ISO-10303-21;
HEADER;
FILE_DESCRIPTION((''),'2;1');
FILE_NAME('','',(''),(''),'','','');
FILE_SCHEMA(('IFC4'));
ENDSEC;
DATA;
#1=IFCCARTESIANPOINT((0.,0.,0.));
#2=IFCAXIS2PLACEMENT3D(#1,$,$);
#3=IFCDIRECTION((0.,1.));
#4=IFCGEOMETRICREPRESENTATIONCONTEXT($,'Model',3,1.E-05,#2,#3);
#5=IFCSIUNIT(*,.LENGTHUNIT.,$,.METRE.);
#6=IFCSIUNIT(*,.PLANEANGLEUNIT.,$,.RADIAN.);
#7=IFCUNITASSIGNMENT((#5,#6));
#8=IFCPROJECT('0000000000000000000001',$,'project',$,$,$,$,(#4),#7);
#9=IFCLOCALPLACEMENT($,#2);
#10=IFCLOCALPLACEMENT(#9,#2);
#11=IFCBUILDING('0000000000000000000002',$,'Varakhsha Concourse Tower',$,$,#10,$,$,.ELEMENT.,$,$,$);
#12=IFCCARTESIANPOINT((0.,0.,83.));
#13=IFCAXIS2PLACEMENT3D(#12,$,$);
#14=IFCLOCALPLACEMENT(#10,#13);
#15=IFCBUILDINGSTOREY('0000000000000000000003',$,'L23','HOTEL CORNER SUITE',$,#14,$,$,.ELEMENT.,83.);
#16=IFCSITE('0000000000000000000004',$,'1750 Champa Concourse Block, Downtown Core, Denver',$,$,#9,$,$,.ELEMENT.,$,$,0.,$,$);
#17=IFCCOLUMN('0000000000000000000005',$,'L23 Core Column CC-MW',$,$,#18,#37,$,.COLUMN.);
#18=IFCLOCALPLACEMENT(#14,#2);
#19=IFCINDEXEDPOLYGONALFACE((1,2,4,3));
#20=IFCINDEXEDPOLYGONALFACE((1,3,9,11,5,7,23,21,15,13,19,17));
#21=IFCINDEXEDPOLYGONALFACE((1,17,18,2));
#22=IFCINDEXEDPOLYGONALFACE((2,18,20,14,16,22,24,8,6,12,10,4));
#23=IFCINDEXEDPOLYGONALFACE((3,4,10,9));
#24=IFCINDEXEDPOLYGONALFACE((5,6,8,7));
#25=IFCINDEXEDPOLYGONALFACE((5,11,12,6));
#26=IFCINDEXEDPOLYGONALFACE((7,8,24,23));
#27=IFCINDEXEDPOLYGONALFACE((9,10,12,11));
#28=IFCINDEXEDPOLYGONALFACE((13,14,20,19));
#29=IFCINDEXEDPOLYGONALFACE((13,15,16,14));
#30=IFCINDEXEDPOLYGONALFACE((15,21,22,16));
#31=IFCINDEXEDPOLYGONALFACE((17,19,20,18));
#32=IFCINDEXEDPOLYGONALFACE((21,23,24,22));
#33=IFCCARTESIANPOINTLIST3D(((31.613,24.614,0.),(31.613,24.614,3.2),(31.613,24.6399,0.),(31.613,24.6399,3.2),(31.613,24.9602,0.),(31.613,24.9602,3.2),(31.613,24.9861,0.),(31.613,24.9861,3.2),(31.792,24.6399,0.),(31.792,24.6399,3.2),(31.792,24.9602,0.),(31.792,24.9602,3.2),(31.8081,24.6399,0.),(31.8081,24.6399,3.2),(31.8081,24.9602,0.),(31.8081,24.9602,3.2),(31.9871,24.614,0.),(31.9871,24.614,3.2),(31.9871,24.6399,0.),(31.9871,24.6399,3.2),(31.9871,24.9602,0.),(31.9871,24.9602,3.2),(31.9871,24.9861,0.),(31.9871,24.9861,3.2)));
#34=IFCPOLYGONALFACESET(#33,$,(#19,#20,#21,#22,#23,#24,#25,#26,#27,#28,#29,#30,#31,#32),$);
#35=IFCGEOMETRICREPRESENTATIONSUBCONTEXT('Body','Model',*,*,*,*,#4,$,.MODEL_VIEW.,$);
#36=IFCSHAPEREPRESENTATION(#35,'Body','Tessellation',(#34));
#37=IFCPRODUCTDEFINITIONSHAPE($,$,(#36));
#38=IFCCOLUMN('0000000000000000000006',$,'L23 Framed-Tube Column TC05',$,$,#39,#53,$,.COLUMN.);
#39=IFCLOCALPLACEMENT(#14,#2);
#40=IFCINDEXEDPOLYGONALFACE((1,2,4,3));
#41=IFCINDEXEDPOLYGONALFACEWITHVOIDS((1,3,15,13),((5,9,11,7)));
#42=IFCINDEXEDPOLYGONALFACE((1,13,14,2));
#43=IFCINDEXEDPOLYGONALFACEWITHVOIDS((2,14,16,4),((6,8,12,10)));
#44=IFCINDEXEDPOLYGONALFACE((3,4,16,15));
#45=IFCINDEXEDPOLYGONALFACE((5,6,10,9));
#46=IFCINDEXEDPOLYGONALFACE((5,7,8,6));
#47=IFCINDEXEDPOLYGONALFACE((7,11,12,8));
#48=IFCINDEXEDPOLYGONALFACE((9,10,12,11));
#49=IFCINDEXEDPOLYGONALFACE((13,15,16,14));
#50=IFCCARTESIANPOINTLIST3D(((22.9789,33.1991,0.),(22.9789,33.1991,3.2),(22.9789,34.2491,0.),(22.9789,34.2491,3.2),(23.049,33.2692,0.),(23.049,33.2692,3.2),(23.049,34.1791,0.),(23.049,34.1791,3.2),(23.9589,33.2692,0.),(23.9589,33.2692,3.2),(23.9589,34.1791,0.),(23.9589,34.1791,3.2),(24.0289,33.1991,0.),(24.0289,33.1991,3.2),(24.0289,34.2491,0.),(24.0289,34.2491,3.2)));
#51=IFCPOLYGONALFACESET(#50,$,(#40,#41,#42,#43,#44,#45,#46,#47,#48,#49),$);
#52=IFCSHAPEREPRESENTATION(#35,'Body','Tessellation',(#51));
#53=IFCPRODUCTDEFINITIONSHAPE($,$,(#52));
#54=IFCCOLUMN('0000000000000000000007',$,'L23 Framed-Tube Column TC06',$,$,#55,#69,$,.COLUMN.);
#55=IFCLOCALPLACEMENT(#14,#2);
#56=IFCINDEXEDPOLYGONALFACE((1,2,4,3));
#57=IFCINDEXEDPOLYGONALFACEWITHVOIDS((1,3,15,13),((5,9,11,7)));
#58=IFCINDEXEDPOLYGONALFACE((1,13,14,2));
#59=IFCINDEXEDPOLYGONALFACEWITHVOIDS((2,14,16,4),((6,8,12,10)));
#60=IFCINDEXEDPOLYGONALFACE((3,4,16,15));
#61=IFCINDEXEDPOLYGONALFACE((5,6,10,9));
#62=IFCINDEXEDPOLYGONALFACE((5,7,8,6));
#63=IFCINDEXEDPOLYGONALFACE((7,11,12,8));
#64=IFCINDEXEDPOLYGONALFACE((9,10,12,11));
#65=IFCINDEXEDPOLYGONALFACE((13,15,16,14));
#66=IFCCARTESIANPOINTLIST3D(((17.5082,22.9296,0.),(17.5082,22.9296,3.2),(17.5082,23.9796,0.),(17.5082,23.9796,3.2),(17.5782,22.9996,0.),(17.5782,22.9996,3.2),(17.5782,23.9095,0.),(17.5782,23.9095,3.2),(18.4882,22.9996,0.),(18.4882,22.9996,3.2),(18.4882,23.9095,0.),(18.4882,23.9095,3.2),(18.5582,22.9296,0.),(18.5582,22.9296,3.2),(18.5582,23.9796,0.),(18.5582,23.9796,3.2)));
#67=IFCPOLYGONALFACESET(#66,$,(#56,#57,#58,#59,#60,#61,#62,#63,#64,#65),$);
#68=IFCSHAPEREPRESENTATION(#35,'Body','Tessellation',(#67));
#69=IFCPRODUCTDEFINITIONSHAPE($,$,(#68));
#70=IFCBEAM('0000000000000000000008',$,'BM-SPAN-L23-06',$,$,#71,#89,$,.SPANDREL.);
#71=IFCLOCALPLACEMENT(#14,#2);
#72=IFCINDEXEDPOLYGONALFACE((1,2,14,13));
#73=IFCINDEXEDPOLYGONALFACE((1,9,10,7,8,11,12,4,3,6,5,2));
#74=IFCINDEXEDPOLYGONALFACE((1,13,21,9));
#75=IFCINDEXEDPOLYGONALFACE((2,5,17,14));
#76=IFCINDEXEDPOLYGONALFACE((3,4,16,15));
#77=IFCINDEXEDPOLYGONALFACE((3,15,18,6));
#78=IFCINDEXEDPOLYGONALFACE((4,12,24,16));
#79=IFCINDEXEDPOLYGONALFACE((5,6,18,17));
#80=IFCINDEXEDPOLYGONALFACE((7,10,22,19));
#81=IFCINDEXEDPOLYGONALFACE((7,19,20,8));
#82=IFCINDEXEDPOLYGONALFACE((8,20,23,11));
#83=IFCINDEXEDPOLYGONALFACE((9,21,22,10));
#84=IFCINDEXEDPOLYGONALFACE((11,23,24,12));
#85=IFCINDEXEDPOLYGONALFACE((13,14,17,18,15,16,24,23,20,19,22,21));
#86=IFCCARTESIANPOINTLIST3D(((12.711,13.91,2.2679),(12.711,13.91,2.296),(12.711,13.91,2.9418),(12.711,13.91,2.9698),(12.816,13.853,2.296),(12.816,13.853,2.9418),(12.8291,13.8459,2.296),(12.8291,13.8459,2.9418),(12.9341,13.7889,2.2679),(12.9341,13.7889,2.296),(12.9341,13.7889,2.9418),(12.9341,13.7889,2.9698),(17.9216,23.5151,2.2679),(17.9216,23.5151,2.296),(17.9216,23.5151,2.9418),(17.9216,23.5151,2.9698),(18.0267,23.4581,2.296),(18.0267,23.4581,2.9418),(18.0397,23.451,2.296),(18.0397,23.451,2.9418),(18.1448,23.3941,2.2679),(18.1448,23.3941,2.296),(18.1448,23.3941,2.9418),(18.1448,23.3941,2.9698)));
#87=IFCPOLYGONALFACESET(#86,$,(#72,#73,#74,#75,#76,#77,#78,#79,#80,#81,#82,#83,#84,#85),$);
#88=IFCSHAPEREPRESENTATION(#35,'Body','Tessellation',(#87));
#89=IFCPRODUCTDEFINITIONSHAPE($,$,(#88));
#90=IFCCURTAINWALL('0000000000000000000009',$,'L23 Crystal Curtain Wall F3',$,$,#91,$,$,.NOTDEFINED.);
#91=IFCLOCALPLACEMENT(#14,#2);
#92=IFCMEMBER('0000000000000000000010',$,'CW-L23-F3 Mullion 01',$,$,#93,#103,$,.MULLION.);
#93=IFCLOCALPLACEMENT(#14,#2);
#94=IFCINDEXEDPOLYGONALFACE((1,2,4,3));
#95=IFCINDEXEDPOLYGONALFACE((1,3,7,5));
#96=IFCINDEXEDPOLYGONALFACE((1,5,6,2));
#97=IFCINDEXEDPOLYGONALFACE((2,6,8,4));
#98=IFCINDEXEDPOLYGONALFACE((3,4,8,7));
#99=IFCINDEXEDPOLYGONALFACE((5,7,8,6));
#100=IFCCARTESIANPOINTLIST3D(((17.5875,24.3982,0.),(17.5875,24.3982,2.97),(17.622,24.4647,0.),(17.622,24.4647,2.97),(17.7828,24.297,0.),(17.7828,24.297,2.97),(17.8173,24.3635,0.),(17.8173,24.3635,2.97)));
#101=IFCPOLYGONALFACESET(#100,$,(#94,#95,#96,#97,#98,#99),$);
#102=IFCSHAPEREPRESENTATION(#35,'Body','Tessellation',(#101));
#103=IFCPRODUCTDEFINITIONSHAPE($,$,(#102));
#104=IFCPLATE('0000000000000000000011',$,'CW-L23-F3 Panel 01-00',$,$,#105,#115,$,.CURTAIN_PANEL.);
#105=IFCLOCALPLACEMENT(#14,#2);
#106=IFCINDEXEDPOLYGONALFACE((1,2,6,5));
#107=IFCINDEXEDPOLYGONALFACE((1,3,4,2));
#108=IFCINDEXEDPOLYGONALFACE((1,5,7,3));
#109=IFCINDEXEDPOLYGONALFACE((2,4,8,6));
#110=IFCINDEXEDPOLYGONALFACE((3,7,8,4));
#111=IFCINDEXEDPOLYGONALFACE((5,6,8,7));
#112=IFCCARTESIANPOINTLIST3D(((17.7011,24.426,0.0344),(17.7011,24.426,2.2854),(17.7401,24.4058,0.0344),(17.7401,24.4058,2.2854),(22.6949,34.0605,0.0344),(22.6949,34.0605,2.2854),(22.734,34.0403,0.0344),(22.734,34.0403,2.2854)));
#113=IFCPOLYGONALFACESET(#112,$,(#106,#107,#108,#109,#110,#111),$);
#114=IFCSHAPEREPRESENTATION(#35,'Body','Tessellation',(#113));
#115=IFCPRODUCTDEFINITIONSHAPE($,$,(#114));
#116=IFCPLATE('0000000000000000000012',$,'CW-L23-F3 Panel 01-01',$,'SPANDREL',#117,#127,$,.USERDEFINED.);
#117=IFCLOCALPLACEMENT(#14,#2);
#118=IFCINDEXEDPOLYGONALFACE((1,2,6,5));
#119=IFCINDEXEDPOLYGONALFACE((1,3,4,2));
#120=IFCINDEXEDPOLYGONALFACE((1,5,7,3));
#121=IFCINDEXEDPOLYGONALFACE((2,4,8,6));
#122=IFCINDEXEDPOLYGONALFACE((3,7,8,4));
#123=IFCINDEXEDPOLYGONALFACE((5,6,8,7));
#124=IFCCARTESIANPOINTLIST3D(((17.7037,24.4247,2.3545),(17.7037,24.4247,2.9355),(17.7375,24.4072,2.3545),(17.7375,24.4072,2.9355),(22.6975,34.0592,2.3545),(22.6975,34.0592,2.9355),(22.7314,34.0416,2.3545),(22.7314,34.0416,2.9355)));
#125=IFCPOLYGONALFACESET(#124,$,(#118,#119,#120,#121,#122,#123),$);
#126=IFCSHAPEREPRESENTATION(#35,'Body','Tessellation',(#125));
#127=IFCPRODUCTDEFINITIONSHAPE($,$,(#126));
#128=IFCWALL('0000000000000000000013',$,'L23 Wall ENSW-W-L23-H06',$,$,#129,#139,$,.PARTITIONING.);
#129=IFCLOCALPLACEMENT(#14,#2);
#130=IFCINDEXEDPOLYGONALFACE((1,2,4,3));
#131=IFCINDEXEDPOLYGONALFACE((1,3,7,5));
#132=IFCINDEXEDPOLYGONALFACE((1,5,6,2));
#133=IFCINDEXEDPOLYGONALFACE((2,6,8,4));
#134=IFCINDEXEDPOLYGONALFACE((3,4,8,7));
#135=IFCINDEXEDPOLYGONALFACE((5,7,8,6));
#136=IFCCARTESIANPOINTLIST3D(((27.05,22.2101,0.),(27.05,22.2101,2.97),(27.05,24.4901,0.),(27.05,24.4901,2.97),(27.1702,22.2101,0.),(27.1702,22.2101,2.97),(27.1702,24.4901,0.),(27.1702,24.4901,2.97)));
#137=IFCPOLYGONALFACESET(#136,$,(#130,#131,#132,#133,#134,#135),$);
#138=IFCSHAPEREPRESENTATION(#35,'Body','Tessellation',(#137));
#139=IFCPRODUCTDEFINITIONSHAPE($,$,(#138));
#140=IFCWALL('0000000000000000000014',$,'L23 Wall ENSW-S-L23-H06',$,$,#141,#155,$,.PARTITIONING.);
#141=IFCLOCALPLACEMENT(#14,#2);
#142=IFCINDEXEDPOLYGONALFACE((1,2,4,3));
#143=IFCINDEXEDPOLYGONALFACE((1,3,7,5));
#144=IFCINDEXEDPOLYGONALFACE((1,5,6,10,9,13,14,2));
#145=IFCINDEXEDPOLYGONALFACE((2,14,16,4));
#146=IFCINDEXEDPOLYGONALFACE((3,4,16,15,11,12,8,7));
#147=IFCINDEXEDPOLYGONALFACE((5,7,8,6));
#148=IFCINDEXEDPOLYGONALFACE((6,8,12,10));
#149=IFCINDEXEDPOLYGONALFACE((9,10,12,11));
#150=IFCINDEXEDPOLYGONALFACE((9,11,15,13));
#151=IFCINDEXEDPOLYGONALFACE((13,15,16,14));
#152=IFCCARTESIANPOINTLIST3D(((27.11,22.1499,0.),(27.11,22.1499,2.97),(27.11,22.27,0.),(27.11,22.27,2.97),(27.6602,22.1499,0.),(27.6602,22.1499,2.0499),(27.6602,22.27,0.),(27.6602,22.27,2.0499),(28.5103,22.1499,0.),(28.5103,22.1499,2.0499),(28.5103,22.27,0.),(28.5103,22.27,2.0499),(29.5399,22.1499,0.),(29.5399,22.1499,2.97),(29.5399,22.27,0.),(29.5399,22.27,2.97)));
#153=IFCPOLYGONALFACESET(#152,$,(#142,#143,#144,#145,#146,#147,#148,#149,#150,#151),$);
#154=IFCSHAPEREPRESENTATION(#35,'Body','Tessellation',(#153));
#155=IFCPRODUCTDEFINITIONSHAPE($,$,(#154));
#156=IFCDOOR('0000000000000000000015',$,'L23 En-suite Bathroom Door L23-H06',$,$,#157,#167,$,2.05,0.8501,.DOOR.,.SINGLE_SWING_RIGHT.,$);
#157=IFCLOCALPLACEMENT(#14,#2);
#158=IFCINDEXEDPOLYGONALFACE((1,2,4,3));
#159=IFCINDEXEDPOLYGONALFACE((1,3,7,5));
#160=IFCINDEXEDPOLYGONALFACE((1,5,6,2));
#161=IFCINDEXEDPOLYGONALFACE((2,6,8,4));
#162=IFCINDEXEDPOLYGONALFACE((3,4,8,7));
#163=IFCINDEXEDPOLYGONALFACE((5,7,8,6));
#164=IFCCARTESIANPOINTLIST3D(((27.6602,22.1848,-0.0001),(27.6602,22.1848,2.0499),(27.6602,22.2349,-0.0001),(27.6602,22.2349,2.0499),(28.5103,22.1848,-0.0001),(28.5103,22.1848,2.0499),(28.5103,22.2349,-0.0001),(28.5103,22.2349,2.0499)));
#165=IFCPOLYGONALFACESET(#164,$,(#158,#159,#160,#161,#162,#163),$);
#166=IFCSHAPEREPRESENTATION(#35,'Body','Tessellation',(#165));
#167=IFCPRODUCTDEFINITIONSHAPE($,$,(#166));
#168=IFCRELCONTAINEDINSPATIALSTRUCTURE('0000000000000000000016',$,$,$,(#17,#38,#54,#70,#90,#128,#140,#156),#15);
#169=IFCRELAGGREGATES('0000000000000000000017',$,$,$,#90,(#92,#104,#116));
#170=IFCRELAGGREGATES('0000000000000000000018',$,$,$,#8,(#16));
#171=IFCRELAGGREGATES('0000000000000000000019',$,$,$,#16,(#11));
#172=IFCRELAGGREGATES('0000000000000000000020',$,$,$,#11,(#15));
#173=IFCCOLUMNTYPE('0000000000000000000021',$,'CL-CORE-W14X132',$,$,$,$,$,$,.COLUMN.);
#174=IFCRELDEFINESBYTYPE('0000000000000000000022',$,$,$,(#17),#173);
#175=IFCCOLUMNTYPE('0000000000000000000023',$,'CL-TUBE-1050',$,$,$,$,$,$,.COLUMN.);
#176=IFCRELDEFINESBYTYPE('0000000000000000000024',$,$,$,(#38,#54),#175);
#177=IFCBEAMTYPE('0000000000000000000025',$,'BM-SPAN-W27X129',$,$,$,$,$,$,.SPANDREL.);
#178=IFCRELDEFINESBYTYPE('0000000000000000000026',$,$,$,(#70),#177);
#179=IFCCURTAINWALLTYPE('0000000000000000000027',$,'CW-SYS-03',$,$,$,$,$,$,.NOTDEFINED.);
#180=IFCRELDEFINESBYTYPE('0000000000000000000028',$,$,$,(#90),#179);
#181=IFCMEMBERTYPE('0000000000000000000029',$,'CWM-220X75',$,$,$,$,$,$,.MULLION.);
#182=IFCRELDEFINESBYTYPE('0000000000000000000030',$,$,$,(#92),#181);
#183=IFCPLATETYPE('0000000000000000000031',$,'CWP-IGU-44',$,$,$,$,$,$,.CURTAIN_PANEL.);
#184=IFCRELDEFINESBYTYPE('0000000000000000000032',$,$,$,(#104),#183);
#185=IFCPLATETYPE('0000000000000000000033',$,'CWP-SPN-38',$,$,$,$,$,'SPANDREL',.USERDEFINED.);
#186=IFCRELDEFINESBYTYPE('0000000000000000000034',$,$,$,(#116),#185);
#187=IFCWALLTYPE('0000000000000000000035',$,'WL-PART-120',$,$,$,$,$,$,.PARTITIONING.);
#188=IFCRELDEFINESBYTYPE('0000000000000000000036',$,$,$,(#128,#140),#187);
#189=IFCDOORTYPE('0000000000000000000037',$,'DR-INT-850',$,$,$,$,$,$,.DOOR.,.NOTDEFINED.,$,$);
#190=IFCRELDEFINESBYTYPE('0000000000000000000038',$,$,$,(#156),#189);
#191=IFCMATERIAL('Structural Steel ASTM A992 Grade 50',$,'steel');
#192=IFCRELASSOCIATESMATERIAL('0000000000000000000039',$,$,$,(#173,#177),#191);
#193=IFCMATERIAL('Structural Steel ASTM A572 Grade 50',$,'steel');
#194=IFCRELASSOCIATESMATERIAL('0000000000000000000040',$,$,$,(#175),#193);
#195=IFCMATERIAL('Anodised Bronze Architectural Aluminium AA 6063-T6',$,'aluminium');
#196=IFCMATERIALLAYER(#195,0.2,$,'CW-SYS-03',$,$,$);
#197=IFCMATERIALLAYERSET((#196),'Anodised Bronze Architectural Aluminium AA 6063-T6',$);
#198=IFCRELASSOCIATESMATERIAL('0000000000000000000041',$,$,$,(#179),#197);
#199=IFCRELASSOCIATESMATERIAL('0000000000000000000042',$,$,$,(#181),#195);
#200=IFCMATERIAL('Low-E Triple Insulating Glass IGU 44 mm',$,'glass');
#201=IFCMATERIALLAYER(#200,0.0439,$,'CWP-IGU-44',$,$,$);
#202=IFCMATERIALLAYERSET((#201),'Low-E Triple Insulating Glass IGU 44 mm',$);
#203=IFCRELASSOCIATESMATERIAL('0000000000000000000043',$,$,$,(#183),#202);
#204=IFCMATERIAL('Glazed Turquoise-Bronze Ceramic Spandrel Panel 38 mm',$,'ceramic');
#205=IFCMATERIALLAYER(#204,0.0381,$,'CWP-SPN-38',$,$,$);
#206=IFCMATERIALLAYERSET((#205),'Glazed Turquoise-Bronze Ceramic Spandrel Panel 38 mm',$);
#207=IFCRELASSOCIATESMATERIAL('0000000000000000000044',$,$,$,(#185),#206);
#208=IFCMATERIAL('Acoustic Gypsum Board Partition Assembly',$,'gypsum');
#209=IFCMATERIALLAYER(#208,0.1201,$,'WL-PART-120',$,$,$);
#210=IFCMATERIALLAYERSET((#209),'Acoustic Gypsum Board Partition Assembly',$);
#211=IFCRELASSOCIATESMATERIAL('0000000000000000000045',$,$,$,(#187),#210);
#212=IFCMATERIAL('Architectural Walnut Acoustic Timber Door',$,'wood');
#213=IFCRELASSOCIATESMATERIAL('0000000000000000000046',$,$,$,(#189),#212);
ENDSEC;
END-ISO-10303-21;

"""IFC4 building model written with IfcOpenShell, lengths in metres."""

from ifc_helpers import new_model, si_unit, direction, frame, frame_2d, origin, origin_2d, place, context, subcontext, project, spatial, rectangle, hollow_rectangle, i_section, extrude, source, transform, mapped, material, layer, layer_set, material_profile, profile_set, type_object, type_shapes, element, fill, aggregate, save


model = new_model("IFC4")

# Units and contexts
model_context = context("Model", 3, precision=1e-05, world=origin(), true_north=direction((0.0, 1.0)))
body_context = subcontext(model_context, "Body", "Model", "MODEL_VIEW")
ifc_project = project(units=[si_unit("LENGTHUNIT", "METRE"), si_unit("PLANEANGLEUNIT", "RADIAN")], contexts=[model_context])

# Site, building, storey
site_placement = place(None, origin())
site = spatial("IfcSite", under=ifc_project, at=site_placement, Name="1750 Champa Concourse Block, Downtown Core, Denver", CompositionType="ELEMENT", RefElevation=0.0)
building_placement = place(site_placement, origin())
building = spatial("IfcBuilding", under=site, at=building_placement, Name="Varakhsha Concourse Tower", CompositionType="ELEMENT")
storey_placement = place(building_placement, frame((0.0, 0.0, 83.0)))
storey = spatial("IfcBuildingStorey", under=building, at=storey_placement, Name="L23", Description="HOTEL CORNER SUITE", CompositionType="ELEMENT", Elevation=83.0)

# Columns
ifc_material_1 = material(Name="Structural Steel ASTM A992 Grade 50", Category="steel")
ifc_material_profile_1 = material_profile(ifc_material_1, i_section(OverallWidth=0.374, OverallDepth=0.3721, WebThickness=0.0161, FlangeThickness=0.0259, at=origin_2d()), Name="W14X132")
ifc_profile_set_1 = profile_set([ifc_material_profile_1], Name="Structural Steel ASTM A992 Grade 50")
column_type_1 = type_object("IfcColumnType", Name="CL-CORE-W14X132", PredefinedType="COLUMN", material=ifc_profile_set_1)
column_placement = place(storey_placement, frame((31.8, 24.8, 0.0), z_axis=(0.0, 0.0, 1.0), x_axis=(1.0, 0.0, 0.0)))
element("IfcColumn", 1, at=column_placement, inside=storey, type_object=column_type_1, Name="L23 Core Column CC-MW", PredefinedType="COLUMN", context=body_context, shape_type="SweptSolid", body=[
    extrude(i_section(OverallWidth=0.374, OverallDepth=0.3721, WebThickness=0.0161, FlangeThickness=0.0259, at=origin_2d()), origin(), (0.0, 0.0, 1.0), 3.2),
])
ifc_material_2 = material(Name="Structural Steel ASTM A572 Grade 50", Category="steel")
ifc_material_profile_2 = material_profile(ifc_material_2, hollow_rectangle(XDim=1.05, YDim=1.05, WallThickness=0.0701, at=origin_2d()), Name="BOX 1050x1050x70")
ifc_profile_set_2 = profile_set([ifc_material_profile_2], Name="Structural Steel ASTM A572 Grade 50")
column_type_2 = type_object("IfcColumnType", Name="CL-TUBE-1050", PredefinedType="COLUMN", material=ifc_profile_set_2)
for number, where, z_axis, x_axis, name in (
    (2, (23.5039, 33.7241, 0.0), (0.0, 0.0, 1.0), (1.0, 0.0, 0.0), "L23 Framed-Tube Column TC05"),
    (3, (18.0332, 23.4546, 0.0), (0.0, 0.0, 1.0), (1.0, 0.0, 0.0), "L23 Framed-Tube Column TC06"),
):
    element("IfcColumn", number, at=place(storey_placement, frame(where, z_axis=z_axis, x_axis=x_axis)), inside=storey, type_object=column_type_2, Name=name, PredefinedType="COLUMN", context=body_context, shape_type="SweptSolid", body=[
        extrude(hollow_rectangle(XDim=1.05, YDim=1.05, WallThickness=0.0701, at=origin_2d()), origin(), (0.0, 0.0, 1.0), 3.2),
    ])

# Beam
ifc_material_profile_3 = material_profile(ifc_material_1, i_section(OverallWidth=0.2539, OverallDepth=0.7019, WebThickness=0.0149, FlangeThickness=0.0281, at=origin_2d()), Name="W27X129")
ifc_profile_set_3 = profile_set([ifc_material_profile_3], Name="Structural Steel ASTM A992 Grade 50")
beam_type = type_object("IfcBeamType", Name="BM-SPAN-W27X129", PredefinedType="SPANDREL", material=ifc_profile_set_3)
beam_placement = place(storey_placement, frame((18.0332, 23.4546, 2.6189), z_axis=(-0.476839, -0.87899, 0.0), x_axis=(0.87899, -0.476839, 0.0)))
element("IfcBeam", 4, at=beam_placement, inside=storey, type_object=beam_type, Name="BM-SPAN-L23-06", PredefinedType="SPANDREL", context=body_context, shape_type="SweptSolid", body=[
    extrude(i_section(OverallWidth=0.2539, OverallDepth=0.7019, WebThickness=0.0149, FlangeThickness=0.0281, at=origin_2d()), origin(), (0.0, 0.0, 1.0), 10.9275),
])

# Curtain wall, member, plates
ifc_material_3 = material(Name="Anodised Bronze Architectural Aluminium AA 6063-T6", Category="aluminium")
ifc_layer_1 = layer(ifc_material_3, 0.2, Name="CW-SYS-03")
ifc_layer_set_1 = layer_set([ifc_layer_1], Name="Anodised Bronze Architectural Aluminium AA 6063-T6")
curtain_wall_type = type_object("IfcCurtainWallType", Name="CW-SYS-03", PredefinedType="NOTDEFINED", material=ifc_layer_set_1)
curtain_wall_placement = place(storey_placement, origin())
curtain_wall = element("IfcCurtainWall", 5, at=curtain_wall_placement, inside=storey, type_object=curtain_wall_type, Name="L23 Crystal Curtain Wall F3", PredefinedType="NOTDEFINED")
ifc_material_profile_4 = material_profile(ifc_material_3, rectangle(XDim=0.075, YDim=0.22, at=origin_2d()), Name="CWM-220X75")
ifc_profile_set_4 = profile_set([ifc_material_profile_4], Name="Anodised Bronze Architectural Aluminium AA 6063-T6")
member_type = type_object("IfcMemberType", Name="CWM-220X75", PredefinedType="MULLION", material=ifc_profile_set_4)
shared_shape_1 = source(origin(), body_context, "Body", "SweptSolid", [
    extrude(rectangle(XDim=0.075, YDim=0.22, at=origin_2d()), origin(), (0.0, 0.0, 1.0), 2.97),
])
type_shapes(member_type, [shared_shape_1])
member_placement = place(storey_placement, frame((17.7024, 24.3809, 0.0), z_axis=(0.0, 0.0, 1.0), x_axis=(0.460186, 0.887823, 0.0)))
member = element("IfcMember", 6, at=member_placement, type_object=member_type, Name="CW-L23-F3 Mullion 01", PredefinedType="MULLION", context=body_context, shape_type="MappedRepresentation", body=[
    mapped(shared_shape_1, transform((0.0, 0.0, 0.0), scale=1.0)),
])
ifc_material_4 = material(Name="Low-E Triple Insulating Glass IGU 44 mm", Category="glass")
ifc_layer_2 = layer(ifc_material_4, 0.0439, Name="CWP-IGU-44")
ifc_layer_set_2 = layer_set([ifc_layer_2], Name="Low-E Triple Insulating Glass IGU 44 mm")
plate_type_1 = type_object("IfcPlateType", Name="CWP-IGU-44", PredefinedType="CURTAIN_PANEL", material=ifc_layer_set_2)
shared_shape_2 = source(origin(), body_context, "Body", "SweptSolid", [
    extrude(rectangle(XDim=10.8518, YDim=0.0439, at=origin_2d()), origin(), (0.0, 0.0, 1.0), 2.251),
])
type_shapes(plate_type_1, [shared_shape_2])
plate_1_placement = place(storey_placement, frame((20.2175, 29.2332, 0.0344), z_axis=(0.0, 0.0, 1.0), x_axis=(0.460186, 0.887823, 0.0)))
plate_1 = element("IfcPlate", 7, at=plate_1_placement, type_object=plate_type_1, Name="CW-L23-F3 Panel 01-00", PredefinedType="CURTAIN_PANEL", context=body_context, shape_type="MappedRepresentation", body=[
    mapped(shared_shape_2, transform((0.0, 0.0, 0.0), scale=1.0)),
])
ifc_material_5 = material(Name="Glazed Turquoise-Bronze Ceramic Spandrel Panel 38 mm", Category="ceramic")
ifc_layer_3 = layer(ifc_material_5, 0.0381, Name="CWP-SPN-38")
ifc_layer_set_3 = layer_set([ifc_layer_3], Name="Glazed Turquoise-Bronze Ceramic Spandrel Panel 38 mm")
plate_type_2 = type_object("IfcPlateType", Name="CWP-SPN-38", ElementType="SPANDREL", PredefinedType="USERDEFINED", material=ifc_layer_set_3)
shared_shape_3 = source(origin(), body_context, "Body", "SweptSolid", [
    extrude(rectangle(XDim=10.8518, YDim=0.0381, at=origin_2d()), origin(), (0.0, 0.0, 1.0), 0.5811),
])
type_shapes(plate_type_2, [shared_shape_3])
plate_2_placement = place(storey_placement, frame((20.2175, 29.2332, 2.3545), z_axis=(0.0, 0.0, 1.0), x_axis=(0.460186, 0.887823, 0.0)))
plate_2 = element("IfcPlate", 8, at=plate_2_placement, type_object=plate_type_2, Name="CW-L23-F3 Panel 01-01", ObjectType="SPANDREL", PredefinedType="USERDEFINED", context=body_context, shape_type="MappedRepresentation", body=[
    mapped(shared_shape_3, transform((0.0, 0.0, 0.0), scale=1.0)),
])
aggregate(curtain_wall, [member, plate_1, plate_2])

# Wall
ifc_material_6 = material(Name="Acoustic Gypsum Board Partition Assembly", Category="gypsum")
ifc_layer_4 = layer(ifc_material_6, 0.1201, Name="WL-PART-120")
ifc_layer_set_4 = layer_set([ifc_layer_4], Name="Acoustic Gypsum Board Partition Assembly")
wall_type_1 = type_object("IfcWallType", Name="WL-PART-120", PredefinedType="PARTITIONING", material=ifc_layer_set_4)
wall_1_placement = place(storey_placement, frame((27.1101, 22.21, 0.0), z_axis=(0.0, 0.0, 1.0), x_axis=(0.0, 1.0, 0.0)))
element("IfcWall", 9, at=wall_1_placement, inside=storey, type_object=wall_type_1, Name="L23 Wall ENSW-W-L23-H06", PredefinedType="PARTITIONING", context=body_context, shape_type="SweptSolid", body=[
    extrude(rectangle(XDim=2.28, YDim=0.1201, at=frame_2d((1.1401, 0.0))), origin(), (0.0, 0.0, 1.0), 2.97),
])

# Wall, opening, door
wall_2_placement = place(storey_placement, frame((27.1101, 22.21, 0.0), z_axis=(0.0, 0.0, 1.0), x_axis=(1.0, 0.0, 0.0)))
wall_2 = element("IfcWall", 10, at=wall_2_placement, inside=storey, type_object=wall_type_1, Name="L23 Wall ENSW-S-L23-H06", PredefinedType="PARTITIONING", context=body_context, shape_type="SweptSolid", body=[
    extrude(rectangle(XDim=2.4299, YDim=0.1201, at=frame_2d((1.2148, 0.0))), origin(), (0.0, 0.0, 1.0), 2.97),
])
opening_1_placement = place(wall_2_placement, frame((0.55, 0.0, 0.0)))
opening_1 = element("IfcOpeningElement", 11, at=opening_1_placement, cuts=wall_2, PredefinedType="OPENING", context=body_context, shape_type="SweptSolid", body=[
    extrude(rectangle(XDim=0.8501, YDim=2.05, at=frame_2d((0.425, 1.0249))), frame((0.0, 0.0701, 0.0), z_axis=(0.0, -1.0, 0.0), x_axis=(1.0, 0.0, 0.0)), (0.0, 0.0, 1.0), 0.1401),
])
ifc_material_7 = material(Name="Architectural Walnut Acoustic Timber Door", Category="wood")
door_type_1 = type_object("IfcDoorType", Name="DR-INT-850", OperationType="NOTDEFINED", PredefinedType="DOOR", material=ifc_material_7)
door_1_placement = place(opening_1_placement, origin())
door_1 = element("IfcDoor", 12, at=door_1_placement, inside=storey, type_object=door_type_1, Name="L23 En-suite Bathroom Door L23-H06", OperationType="SINGLE_SWING_RIGHT", OverallHeight=2.05, OverallWidth=0.8501, PredefinedType="DOOR", context=body_context, shape_type="SweptSolid", body=[
    extrude(rectangle(XDim=0.8501, YDim=2.05, at=frame_2d((0.425, 1.0249))), frame((0.0, 0.0249, 0.0), z_axis=(0.0, -1.0, 0.0), x_axis=(1.0, 0.0, 0.0)), (0.0, 0.0, 1.0), 0.05),
])
fill(opening_1, door_1)

save(model, "model.ifc")
